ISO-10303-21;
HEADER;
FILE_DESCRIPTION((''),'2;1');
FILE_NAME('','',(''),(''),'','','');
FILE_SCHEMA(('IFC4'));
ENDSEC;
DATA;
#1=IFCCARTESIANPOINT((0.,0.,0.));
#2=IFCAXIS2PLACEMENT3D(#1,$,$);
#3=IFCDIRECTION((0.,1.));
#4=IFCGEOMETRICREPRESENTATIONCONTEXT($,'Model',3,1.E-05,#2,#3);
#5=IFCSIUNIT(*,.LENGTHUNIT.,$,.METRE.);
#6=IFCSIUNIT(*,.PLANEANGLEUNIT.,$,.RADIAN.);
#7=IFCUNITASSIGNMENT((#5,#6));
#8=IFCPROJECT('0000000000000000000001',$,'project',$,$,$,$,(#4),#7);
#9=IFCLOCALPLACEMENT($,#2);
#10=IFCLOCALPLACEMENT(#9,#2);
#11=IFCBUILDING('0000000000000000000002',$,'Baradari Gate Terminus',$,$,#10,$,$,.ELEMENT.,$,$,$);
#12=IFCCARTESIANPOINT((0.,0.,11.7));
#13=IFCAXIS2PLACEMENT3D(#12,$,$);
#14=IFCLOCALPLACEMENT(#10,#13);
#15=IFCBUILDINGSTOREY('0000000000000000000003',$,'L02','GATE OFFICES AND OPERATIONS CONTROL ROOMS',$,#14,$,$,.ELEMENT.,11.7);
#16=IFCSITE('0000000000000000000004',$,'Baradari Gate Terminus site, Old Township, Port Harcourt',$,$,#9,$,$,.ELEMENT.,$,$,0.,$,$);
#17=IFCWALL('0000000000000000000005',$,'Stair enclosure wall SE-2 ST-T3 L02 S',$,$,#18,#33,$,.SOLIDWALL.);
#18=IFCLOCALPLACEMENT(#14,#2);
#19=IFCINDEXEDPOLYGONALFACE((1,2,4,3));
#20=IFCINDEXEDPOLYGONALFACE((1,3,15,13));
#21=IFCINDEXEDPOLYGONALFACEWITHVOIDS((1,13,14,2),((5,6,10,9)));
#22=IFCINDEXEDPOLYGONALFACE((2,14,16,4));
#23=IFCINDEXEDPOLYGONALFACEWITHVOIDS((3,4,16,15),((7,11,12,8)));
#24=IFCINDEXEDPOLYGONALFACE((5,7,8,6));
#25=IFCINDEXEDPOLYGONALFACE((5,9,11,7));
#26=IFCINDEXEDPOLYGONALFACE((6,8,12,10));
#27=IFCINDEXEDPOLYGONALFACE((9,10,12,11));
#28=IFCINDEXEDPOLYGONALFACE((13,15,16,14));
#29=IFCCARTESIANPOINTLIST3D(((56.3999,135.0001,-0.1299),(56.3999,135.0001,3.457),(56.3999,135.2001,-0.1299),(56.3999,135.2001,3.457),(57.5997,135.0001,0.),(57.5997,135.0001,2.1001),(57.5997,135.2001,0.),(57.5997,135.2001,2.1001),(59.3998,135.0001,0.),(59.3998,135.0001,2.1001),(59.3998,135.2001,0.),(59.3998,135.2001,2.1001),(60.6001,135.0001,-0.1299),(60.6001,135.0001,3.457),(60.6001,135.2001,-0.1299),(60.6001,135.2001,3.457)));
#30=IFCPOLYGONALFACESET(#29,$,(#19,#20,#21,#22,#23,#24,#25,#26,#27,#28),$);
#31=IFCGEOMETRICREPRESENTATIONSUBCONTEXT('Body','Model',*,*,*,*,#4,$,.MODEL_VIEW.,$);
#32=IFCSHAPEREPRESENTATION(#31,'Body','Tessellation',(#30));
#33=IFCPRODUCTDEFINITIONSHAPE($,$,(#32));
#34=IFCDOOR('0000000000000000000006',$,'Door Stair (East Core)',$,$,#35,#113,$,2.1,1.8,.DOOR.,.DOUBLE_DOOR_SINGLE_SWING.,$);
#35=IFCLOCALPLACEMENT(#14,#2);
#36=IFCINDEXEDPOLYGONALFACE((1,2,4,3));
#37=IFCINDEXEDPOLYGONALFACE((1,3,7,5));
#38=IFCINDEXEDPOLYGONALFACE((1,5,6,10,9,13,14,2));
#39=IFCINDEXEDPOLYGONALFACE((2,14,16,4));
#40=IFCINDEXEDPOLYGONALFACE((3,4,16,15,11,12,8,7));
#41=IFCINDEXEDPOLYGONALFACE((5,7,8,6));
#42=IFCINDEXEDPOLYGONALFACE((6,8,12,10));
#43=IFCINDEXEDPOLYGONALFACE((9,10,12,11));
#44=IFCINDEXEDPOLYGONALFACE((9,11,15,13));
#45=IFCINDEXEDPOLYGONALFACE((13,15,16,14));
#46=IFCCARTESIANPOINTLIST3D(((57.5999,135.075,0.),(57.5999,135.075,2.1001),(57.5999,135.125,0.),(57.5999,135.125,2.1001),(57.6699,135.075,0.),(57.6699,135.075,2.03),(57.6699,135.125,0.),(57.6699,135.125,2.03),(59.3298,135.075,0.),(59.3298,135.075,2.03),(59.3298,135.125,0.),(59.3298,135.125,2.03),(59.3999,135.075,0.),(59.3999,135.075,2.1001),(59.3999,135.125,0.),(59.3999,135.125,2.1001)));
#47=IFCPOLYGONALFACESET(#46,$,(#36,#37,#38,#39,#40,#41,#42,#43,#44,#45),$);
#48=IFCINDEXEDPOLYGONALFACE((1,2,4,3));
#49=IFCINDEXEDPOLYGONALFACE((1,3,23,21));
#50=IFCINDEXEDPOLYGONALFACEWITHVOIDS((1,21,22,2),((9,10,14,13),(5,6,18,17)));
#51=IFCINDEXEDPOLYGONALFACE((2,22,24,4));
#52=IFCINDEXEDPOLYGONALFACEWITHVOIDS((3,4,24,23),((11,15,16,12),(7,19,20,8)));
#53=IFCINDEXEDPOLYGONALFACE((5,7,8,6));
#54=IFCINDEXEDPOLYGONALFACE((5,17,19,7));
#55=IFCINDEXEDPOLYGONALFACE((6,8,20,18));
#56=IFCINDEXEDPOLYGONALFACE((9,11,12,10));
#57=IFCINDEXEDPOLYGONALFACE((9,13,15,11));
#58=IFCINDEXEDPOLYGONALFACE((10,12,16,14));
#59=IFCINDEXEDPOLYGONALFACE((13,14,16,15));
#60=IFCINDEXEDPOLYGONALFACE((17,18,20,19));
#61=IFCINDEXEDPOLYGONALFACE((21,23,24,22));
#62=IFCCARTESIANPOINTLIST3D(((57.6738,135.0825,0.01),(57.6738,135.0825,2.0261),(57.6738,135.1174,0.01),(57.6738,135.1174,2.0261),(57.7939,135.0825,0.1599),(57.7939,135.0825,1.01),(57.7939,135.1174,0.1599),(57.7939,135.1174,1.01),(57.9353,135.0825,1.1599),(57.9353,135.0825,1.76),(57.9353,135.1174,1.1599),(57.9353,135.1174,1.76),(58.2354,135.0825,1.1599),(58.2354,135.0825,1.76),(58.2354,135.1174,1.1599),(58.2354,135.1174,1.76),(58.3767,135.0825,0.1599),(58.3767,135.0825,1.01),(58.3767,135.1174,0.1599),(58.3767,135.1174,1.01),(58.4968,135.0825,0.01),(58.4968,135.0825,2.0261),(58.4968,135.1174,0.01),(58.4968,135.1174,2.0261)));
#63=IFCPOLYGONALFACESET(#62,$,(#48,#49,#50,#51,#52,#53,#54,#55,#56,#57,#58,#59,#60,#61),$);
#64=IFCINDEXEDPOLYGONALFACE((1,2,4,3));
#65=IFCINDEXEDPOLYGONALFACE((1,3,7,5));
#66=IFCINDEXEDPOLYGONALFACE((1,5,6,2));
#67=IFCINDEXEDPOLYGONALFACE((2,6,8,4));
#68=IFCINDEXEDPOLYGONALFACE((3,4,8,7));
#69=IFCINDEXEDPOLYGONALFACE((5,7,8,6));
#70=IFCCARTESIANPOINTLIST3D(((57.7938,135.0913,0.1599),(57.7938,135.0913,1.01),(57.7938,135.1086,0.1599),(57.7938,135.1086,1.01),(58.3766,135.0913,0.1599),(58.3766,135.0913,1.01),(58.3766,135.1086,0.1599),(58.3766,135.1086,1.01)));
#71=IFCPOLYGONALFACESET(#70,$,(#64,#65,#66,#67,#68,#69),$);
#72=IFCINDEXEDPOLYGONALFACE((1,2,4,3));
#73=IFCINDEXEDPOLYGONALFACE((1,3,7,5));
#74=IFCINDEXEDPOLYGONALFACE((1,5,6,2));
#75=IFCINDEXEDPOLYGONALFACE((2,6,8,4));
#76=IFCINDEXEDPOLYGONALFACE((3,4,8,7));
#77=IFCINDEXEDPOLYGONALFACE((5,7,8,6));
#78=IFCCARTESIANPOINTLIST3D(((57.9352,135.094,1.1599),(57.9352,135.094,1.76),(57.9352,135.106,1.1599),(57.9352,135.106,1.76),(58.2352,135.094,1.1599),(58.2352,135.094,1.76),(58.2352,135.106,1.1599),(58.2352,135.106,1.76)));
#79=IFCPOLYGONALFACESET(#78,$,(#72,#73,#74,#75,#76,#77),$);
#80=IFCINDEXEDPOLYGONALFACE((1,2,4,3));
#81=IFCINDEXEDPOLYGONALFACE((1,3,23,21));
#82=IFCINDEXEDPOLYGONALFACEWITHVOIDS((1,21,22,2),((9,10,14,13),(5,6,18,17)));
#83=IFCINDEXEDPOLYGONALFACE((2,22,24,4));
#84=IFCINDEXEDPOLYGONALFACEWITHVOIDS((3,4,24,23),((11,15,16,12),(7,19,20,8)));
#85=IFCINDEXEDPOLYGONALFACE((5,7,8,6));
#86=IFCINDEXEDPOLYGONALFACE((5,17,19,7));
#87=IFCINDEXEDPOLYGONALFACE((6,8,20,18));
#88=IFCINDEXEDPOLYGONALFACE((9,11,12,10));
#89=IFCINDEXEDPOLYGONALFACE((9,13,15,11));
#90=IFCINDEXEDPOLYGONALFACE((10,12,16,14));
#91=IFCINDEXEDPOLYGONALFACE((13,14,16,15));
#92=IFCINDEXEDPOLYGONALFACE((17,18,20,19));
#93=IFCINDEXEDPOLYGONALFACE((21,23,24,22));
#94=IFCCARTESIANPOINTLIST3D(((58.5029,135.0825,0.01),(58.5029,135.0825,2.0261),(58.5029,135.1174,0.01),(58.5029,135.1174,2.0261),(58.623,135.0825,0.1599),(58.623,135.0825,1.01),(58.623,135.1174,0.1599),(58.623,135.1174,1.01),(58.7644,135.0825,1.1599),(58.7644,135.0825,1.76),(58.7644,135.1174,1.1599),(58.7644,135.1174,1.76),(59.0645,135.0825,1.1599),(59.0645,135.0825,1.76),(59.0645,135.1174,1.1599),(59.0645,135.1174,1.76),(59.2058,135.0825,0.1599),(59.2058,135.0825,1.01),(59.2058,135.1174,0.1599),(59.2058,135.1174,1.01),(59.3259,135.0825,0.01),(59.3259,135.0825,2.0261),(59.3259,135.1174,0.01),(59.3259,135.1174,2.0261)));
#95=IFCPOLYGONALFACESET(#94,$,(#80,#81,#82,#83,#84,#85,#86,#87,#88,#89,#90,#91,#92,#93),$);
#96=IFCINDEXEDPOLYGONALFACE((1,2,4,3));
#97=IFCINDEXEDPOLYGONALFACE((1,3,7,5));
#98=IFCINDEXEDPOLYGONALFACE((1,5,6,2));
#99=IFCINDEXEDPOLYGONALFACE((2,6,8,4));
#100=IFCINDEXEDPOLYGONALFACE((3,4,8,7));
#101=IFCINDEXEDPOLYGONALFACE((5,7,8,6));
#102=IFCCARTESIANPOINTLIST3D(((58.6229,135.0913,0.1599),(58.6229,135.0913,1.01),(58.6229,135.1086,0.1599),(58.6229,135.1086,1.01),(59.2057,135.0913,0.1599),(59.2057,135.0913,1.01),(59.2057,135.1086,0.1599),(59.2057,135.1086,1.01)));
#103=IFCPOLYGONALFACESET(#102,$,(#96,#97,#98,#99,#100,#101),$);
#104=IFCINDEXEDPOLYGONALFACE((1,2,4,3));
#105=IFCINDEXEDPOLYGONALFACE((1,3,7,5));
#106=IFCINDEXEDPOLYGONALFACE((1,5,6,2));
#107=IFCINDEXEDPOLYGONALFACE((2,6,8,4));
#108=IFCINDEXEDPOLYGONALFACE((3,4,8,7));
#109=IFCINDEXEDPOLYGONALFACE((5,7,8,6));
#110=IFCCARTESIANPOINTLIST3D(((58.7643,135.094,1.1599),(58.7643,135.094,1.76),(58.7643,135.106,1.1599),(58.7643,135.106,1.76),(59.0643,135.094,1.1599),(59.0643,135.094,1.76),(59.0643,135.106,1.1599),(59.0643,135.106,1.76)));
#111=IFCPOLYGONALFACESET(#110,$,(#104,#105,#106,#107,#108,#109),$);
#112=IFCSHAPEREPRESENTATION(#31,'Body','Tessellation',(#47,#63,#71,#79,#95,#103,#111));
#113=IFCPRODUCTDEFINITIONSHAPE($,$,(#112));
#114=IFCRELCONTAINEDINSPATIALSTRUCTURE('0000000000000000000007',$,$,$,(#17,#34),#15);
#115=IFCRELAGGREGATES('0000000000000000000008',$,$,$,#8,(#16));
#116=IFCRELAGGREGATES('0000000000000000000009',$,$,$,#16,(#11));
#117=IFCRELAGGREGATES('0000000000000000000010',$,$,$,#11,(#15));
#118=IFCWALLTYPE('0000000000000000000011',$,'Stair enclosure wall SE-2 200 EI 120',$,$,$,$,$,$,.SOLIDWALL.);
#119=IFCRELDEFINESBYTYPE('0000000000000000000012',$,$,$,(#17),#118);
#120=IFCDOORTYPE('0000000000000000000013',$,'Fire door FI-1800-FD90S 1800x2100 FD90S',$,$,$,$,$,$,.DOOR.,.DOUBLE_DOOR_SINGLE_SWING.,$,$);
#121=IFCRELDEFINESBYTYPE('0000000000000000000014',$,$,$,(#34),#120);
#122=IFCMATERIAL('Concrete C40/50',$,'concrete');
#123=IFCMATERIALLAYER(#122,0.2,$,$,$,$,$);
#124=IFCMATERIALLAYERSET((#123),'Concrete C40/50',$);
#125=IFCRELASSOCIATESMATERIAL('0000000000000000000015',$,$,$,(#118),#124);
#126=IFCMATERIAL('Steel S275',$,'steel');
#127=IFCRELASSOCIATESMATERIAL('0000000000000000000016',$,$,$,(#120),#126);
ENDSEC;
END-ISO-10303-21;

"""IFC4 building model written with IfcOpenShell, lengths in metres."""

from ifc_helpers import new_model, si_unit, direction, frame, frame_2d, origin, place, context, subcontext, project, spatial, polyline, rectangle, outline, extrude, material, layer, layer_set, type_object, element, fill, save


model = new_model("IFC4")

# Units and contexts
model_context = context("Model", 3, precision=1e-05, world=origin(), true_north=direction((0.0, 1.0)))
body_context = subcontext(model_context, "Body", "Model", "MODEL_VIEW")
ifc_project = project(units=[si_unit("LENGTHUNIT", "METRE"), si_unit("PLANEANGLEUNIT", "RADIAN")], contexts=[model_context])

# Site, building, storey
site_placement = place(None, origin())
site = spatial("IfcSite", under=ifc_project, at=site_placement, Name="Baradari Gate Terminus site, Old Township, Port Harcourt", CompositionType="ELEMENT", RefElevation=0.0)
building_placement = place(site_placement, origin())
building = spatial("IfcBuilding", under=site, at=building_placement, Name="Baradari Gate Terminus", CompositionType="ELEMENT")
storey_placement = place(building_placement, frame((0.0, 0.0, 11.7)))
storey = spatial("IfcBuildingStorey", under=building, at=storey_placement, Name="L02", Description="GATE OFFICES AND OPERATIONS CONTROL ROOMS", CompositionType="ELEMENT", Elevation=11.7)

# Wall, opening, door
ifc_material_1 = material(Name="Concrete C40/50", Category="concrete")
ifc_layer_1 = layer(ifc_material_1, 0.2)
ifc_layer_set_1 = layer_set([ifc_layer_1], Name="Concrete C40/50")
wall_type_1 = type_object("IfcWallType", Name="Stair enclosure wall SE-2 200 EI 120", PredefinedType="SOLIDWALL", material=ifc_layer_set_1)
wall_1_placement = place(storey_placement, frame((56.3999, 135.1001, -0.1299), z_axis=(0.0, 0.0, 1.0), x_axis=(1.0, 0.0, 0.0)))
wall_1 = element("IfcWall", 1, at=wall_1_placement, inside=storey, type_object=wall_type_1, Name="Stair enclosure wall SE-2 ST-T3 L02 S", PredefinedType="SOLIDWALL", context=body_context, shape_type="SweptSolid", body=[
    extrude(rectangle(XDim=4.2002, YDim=0.2, at=frame_2d((2.1001, 0.0))), origin(), (0.0, 0.0, 1.0), 3.5869),
])
opening_1_placement = place(wall_1_placement, frame((1.2, 0.0, 0.1299)))
opening_1 = element("IfcOpeningElement", 2, at=opening_1_placement, cuts=wall_1, PredefinedType="OPENING", context=body_context, shape_type="SweptSolid", body=[
    extrude(rectangle(XDim=1.8, YDim=2.1001, at=frame_2d((0.8999, 1.05))), frame((0.0, 0.1099, 0.0), z_axis=(0.0, -1.0, 0.0), x_axis=(1.0, 0.0, 0.0)), (0.0, 0.0, 1.0), 0.22),
])
ifc_material_2 = material(Name="Steel S275", Category="steel")
door_type_1 = type_object("IfcDoorType", Name="Fire door FI-1800-FD90S 1800x2100 FD90S", OperationType="DOUBLE_DOOR_SINGLE_SWING", PredefinedType="DOOR", material=ifc_material_2)
door_1_placement = place(opening_1_placement, origin())
door_1 = element("IfcDoor", 3, at=door_1_placement, inside=storey, type_object=door_type_1, Name="Door Stair (East Core)", OperationType="DOUBLE_DOOR_SINGLE_SWING", OverallHeight=2.1, OverallWidth=1.8, PredefinedType="DOOR", context=body_context, shape_type="SweptSolid", body=[
    extrude(outline(polyline([(0.0, 0.0), (0.0701, 0.0), (0.0701, 2.03), (1.73, 2.03), (1.73, 0.0), (1.8, 0.0), (1.8, 2.1001), (0.0, 2.1001), (0.0, 0.0)])), frame((0.0, 0.0249, 0.0), z_axis=(0.0, -1.0, 0.0), x_axis=(1.0, 0.0, 0.0)), (0.0, 0.0, 1.0), 0.05),
    extrude(outline(polyline([(0.074, 0.01), (0.897, 0.01), (0.897, 2.0261), (0.074, 2.0261), (0.074, 0.01)]), holes=[polyline([(0.1941, 0.1599), (0.7769, 0.1599), (0.7769, 1.01), (0.1941, 1.01), (0.1941, 0.1599)]), polyline([(0.3354, 1.1599), (0.6355, 1.1599), (0.6355, 1.76), (0.3354, 1.76), (0.3354, 1.1599)])]), frame((0.0, 0.0173, 0.0), z_axis=(0.0, -1.0, 0.0), x_axis=(1.0, 0.0, 0.0)), (0.0, 0.0, 1.0), 0.0349),
    extrude(rectangle(XDim=0.5828, YDim=0.8501, at=frame_2d((0.4854, 0.585))), frame((0.0, 0.0085, 0.0), z_axis=(0.0, -1.0, 0.0), x_axis=(1.0, 0.0, 0.0)), (0.0, 0.0, 1.0), 0.0173),
    extrude(rectangle(XDim=0.3, YDim=0.6001, at=frame_2d((0.4854, 1.46))), frame((0.0, 0.0059, 0.0), z_axis=(0.0, -1.0, 0.0), x_axis=(1.0, 0.0, 0.0)), (0.0, 0.0, 1.0), 0.012),
    extrude(outline(polyline([(0.9031, 0.01), (1.7261, 0.01), (1.7261, 2.0261), (0.9031, 2.0261), (0.9031, 0.01)]), holes=[polyline([(1.0232, 0.1599), (1.606, 0.1599), (1.606, 1.01), (1.0232, 1.01), (1.0232, 0.1599)]), polyline([(1.1646, 1.1599), (1.4646, 1.1599), (1.4646, 1.76), (1.1646, 1.76), (1.1646, 1.1599)])]), frame((0.0, 0.0173, 0.0), z_axis=(0.0, -1.0, 0.0), x_axis=(1.0, 0.0, 0.0)), (0.0, 0.0, 1.0), 0.0349),
    extrude(rectangle(XDim=0.5828, YDim=0.8501, at=frame_2d((1.3145, 0.585))), frame((0.0, 0.0085, 0.0), z_axis=(0.0, -1.0, 0.0), x_axis=(1.0, 0.0, 0.0)), (0.0, 0.0, 1.0), 0.0173),
    extrude(rectangle(XDim=0.3, YDim=0.6001, at=frame_2d((1.3145, 1.46))), frame((0.0, 0.0059, 0.0), z_axis=(0.0, -1.0, 0.0), x_axis=(1.0, 0.0, 0.0)), (0.0, 0.0, 1.0), 0.012),
])
fill(opening_1, door_1)

save(model, "model.ifc")
